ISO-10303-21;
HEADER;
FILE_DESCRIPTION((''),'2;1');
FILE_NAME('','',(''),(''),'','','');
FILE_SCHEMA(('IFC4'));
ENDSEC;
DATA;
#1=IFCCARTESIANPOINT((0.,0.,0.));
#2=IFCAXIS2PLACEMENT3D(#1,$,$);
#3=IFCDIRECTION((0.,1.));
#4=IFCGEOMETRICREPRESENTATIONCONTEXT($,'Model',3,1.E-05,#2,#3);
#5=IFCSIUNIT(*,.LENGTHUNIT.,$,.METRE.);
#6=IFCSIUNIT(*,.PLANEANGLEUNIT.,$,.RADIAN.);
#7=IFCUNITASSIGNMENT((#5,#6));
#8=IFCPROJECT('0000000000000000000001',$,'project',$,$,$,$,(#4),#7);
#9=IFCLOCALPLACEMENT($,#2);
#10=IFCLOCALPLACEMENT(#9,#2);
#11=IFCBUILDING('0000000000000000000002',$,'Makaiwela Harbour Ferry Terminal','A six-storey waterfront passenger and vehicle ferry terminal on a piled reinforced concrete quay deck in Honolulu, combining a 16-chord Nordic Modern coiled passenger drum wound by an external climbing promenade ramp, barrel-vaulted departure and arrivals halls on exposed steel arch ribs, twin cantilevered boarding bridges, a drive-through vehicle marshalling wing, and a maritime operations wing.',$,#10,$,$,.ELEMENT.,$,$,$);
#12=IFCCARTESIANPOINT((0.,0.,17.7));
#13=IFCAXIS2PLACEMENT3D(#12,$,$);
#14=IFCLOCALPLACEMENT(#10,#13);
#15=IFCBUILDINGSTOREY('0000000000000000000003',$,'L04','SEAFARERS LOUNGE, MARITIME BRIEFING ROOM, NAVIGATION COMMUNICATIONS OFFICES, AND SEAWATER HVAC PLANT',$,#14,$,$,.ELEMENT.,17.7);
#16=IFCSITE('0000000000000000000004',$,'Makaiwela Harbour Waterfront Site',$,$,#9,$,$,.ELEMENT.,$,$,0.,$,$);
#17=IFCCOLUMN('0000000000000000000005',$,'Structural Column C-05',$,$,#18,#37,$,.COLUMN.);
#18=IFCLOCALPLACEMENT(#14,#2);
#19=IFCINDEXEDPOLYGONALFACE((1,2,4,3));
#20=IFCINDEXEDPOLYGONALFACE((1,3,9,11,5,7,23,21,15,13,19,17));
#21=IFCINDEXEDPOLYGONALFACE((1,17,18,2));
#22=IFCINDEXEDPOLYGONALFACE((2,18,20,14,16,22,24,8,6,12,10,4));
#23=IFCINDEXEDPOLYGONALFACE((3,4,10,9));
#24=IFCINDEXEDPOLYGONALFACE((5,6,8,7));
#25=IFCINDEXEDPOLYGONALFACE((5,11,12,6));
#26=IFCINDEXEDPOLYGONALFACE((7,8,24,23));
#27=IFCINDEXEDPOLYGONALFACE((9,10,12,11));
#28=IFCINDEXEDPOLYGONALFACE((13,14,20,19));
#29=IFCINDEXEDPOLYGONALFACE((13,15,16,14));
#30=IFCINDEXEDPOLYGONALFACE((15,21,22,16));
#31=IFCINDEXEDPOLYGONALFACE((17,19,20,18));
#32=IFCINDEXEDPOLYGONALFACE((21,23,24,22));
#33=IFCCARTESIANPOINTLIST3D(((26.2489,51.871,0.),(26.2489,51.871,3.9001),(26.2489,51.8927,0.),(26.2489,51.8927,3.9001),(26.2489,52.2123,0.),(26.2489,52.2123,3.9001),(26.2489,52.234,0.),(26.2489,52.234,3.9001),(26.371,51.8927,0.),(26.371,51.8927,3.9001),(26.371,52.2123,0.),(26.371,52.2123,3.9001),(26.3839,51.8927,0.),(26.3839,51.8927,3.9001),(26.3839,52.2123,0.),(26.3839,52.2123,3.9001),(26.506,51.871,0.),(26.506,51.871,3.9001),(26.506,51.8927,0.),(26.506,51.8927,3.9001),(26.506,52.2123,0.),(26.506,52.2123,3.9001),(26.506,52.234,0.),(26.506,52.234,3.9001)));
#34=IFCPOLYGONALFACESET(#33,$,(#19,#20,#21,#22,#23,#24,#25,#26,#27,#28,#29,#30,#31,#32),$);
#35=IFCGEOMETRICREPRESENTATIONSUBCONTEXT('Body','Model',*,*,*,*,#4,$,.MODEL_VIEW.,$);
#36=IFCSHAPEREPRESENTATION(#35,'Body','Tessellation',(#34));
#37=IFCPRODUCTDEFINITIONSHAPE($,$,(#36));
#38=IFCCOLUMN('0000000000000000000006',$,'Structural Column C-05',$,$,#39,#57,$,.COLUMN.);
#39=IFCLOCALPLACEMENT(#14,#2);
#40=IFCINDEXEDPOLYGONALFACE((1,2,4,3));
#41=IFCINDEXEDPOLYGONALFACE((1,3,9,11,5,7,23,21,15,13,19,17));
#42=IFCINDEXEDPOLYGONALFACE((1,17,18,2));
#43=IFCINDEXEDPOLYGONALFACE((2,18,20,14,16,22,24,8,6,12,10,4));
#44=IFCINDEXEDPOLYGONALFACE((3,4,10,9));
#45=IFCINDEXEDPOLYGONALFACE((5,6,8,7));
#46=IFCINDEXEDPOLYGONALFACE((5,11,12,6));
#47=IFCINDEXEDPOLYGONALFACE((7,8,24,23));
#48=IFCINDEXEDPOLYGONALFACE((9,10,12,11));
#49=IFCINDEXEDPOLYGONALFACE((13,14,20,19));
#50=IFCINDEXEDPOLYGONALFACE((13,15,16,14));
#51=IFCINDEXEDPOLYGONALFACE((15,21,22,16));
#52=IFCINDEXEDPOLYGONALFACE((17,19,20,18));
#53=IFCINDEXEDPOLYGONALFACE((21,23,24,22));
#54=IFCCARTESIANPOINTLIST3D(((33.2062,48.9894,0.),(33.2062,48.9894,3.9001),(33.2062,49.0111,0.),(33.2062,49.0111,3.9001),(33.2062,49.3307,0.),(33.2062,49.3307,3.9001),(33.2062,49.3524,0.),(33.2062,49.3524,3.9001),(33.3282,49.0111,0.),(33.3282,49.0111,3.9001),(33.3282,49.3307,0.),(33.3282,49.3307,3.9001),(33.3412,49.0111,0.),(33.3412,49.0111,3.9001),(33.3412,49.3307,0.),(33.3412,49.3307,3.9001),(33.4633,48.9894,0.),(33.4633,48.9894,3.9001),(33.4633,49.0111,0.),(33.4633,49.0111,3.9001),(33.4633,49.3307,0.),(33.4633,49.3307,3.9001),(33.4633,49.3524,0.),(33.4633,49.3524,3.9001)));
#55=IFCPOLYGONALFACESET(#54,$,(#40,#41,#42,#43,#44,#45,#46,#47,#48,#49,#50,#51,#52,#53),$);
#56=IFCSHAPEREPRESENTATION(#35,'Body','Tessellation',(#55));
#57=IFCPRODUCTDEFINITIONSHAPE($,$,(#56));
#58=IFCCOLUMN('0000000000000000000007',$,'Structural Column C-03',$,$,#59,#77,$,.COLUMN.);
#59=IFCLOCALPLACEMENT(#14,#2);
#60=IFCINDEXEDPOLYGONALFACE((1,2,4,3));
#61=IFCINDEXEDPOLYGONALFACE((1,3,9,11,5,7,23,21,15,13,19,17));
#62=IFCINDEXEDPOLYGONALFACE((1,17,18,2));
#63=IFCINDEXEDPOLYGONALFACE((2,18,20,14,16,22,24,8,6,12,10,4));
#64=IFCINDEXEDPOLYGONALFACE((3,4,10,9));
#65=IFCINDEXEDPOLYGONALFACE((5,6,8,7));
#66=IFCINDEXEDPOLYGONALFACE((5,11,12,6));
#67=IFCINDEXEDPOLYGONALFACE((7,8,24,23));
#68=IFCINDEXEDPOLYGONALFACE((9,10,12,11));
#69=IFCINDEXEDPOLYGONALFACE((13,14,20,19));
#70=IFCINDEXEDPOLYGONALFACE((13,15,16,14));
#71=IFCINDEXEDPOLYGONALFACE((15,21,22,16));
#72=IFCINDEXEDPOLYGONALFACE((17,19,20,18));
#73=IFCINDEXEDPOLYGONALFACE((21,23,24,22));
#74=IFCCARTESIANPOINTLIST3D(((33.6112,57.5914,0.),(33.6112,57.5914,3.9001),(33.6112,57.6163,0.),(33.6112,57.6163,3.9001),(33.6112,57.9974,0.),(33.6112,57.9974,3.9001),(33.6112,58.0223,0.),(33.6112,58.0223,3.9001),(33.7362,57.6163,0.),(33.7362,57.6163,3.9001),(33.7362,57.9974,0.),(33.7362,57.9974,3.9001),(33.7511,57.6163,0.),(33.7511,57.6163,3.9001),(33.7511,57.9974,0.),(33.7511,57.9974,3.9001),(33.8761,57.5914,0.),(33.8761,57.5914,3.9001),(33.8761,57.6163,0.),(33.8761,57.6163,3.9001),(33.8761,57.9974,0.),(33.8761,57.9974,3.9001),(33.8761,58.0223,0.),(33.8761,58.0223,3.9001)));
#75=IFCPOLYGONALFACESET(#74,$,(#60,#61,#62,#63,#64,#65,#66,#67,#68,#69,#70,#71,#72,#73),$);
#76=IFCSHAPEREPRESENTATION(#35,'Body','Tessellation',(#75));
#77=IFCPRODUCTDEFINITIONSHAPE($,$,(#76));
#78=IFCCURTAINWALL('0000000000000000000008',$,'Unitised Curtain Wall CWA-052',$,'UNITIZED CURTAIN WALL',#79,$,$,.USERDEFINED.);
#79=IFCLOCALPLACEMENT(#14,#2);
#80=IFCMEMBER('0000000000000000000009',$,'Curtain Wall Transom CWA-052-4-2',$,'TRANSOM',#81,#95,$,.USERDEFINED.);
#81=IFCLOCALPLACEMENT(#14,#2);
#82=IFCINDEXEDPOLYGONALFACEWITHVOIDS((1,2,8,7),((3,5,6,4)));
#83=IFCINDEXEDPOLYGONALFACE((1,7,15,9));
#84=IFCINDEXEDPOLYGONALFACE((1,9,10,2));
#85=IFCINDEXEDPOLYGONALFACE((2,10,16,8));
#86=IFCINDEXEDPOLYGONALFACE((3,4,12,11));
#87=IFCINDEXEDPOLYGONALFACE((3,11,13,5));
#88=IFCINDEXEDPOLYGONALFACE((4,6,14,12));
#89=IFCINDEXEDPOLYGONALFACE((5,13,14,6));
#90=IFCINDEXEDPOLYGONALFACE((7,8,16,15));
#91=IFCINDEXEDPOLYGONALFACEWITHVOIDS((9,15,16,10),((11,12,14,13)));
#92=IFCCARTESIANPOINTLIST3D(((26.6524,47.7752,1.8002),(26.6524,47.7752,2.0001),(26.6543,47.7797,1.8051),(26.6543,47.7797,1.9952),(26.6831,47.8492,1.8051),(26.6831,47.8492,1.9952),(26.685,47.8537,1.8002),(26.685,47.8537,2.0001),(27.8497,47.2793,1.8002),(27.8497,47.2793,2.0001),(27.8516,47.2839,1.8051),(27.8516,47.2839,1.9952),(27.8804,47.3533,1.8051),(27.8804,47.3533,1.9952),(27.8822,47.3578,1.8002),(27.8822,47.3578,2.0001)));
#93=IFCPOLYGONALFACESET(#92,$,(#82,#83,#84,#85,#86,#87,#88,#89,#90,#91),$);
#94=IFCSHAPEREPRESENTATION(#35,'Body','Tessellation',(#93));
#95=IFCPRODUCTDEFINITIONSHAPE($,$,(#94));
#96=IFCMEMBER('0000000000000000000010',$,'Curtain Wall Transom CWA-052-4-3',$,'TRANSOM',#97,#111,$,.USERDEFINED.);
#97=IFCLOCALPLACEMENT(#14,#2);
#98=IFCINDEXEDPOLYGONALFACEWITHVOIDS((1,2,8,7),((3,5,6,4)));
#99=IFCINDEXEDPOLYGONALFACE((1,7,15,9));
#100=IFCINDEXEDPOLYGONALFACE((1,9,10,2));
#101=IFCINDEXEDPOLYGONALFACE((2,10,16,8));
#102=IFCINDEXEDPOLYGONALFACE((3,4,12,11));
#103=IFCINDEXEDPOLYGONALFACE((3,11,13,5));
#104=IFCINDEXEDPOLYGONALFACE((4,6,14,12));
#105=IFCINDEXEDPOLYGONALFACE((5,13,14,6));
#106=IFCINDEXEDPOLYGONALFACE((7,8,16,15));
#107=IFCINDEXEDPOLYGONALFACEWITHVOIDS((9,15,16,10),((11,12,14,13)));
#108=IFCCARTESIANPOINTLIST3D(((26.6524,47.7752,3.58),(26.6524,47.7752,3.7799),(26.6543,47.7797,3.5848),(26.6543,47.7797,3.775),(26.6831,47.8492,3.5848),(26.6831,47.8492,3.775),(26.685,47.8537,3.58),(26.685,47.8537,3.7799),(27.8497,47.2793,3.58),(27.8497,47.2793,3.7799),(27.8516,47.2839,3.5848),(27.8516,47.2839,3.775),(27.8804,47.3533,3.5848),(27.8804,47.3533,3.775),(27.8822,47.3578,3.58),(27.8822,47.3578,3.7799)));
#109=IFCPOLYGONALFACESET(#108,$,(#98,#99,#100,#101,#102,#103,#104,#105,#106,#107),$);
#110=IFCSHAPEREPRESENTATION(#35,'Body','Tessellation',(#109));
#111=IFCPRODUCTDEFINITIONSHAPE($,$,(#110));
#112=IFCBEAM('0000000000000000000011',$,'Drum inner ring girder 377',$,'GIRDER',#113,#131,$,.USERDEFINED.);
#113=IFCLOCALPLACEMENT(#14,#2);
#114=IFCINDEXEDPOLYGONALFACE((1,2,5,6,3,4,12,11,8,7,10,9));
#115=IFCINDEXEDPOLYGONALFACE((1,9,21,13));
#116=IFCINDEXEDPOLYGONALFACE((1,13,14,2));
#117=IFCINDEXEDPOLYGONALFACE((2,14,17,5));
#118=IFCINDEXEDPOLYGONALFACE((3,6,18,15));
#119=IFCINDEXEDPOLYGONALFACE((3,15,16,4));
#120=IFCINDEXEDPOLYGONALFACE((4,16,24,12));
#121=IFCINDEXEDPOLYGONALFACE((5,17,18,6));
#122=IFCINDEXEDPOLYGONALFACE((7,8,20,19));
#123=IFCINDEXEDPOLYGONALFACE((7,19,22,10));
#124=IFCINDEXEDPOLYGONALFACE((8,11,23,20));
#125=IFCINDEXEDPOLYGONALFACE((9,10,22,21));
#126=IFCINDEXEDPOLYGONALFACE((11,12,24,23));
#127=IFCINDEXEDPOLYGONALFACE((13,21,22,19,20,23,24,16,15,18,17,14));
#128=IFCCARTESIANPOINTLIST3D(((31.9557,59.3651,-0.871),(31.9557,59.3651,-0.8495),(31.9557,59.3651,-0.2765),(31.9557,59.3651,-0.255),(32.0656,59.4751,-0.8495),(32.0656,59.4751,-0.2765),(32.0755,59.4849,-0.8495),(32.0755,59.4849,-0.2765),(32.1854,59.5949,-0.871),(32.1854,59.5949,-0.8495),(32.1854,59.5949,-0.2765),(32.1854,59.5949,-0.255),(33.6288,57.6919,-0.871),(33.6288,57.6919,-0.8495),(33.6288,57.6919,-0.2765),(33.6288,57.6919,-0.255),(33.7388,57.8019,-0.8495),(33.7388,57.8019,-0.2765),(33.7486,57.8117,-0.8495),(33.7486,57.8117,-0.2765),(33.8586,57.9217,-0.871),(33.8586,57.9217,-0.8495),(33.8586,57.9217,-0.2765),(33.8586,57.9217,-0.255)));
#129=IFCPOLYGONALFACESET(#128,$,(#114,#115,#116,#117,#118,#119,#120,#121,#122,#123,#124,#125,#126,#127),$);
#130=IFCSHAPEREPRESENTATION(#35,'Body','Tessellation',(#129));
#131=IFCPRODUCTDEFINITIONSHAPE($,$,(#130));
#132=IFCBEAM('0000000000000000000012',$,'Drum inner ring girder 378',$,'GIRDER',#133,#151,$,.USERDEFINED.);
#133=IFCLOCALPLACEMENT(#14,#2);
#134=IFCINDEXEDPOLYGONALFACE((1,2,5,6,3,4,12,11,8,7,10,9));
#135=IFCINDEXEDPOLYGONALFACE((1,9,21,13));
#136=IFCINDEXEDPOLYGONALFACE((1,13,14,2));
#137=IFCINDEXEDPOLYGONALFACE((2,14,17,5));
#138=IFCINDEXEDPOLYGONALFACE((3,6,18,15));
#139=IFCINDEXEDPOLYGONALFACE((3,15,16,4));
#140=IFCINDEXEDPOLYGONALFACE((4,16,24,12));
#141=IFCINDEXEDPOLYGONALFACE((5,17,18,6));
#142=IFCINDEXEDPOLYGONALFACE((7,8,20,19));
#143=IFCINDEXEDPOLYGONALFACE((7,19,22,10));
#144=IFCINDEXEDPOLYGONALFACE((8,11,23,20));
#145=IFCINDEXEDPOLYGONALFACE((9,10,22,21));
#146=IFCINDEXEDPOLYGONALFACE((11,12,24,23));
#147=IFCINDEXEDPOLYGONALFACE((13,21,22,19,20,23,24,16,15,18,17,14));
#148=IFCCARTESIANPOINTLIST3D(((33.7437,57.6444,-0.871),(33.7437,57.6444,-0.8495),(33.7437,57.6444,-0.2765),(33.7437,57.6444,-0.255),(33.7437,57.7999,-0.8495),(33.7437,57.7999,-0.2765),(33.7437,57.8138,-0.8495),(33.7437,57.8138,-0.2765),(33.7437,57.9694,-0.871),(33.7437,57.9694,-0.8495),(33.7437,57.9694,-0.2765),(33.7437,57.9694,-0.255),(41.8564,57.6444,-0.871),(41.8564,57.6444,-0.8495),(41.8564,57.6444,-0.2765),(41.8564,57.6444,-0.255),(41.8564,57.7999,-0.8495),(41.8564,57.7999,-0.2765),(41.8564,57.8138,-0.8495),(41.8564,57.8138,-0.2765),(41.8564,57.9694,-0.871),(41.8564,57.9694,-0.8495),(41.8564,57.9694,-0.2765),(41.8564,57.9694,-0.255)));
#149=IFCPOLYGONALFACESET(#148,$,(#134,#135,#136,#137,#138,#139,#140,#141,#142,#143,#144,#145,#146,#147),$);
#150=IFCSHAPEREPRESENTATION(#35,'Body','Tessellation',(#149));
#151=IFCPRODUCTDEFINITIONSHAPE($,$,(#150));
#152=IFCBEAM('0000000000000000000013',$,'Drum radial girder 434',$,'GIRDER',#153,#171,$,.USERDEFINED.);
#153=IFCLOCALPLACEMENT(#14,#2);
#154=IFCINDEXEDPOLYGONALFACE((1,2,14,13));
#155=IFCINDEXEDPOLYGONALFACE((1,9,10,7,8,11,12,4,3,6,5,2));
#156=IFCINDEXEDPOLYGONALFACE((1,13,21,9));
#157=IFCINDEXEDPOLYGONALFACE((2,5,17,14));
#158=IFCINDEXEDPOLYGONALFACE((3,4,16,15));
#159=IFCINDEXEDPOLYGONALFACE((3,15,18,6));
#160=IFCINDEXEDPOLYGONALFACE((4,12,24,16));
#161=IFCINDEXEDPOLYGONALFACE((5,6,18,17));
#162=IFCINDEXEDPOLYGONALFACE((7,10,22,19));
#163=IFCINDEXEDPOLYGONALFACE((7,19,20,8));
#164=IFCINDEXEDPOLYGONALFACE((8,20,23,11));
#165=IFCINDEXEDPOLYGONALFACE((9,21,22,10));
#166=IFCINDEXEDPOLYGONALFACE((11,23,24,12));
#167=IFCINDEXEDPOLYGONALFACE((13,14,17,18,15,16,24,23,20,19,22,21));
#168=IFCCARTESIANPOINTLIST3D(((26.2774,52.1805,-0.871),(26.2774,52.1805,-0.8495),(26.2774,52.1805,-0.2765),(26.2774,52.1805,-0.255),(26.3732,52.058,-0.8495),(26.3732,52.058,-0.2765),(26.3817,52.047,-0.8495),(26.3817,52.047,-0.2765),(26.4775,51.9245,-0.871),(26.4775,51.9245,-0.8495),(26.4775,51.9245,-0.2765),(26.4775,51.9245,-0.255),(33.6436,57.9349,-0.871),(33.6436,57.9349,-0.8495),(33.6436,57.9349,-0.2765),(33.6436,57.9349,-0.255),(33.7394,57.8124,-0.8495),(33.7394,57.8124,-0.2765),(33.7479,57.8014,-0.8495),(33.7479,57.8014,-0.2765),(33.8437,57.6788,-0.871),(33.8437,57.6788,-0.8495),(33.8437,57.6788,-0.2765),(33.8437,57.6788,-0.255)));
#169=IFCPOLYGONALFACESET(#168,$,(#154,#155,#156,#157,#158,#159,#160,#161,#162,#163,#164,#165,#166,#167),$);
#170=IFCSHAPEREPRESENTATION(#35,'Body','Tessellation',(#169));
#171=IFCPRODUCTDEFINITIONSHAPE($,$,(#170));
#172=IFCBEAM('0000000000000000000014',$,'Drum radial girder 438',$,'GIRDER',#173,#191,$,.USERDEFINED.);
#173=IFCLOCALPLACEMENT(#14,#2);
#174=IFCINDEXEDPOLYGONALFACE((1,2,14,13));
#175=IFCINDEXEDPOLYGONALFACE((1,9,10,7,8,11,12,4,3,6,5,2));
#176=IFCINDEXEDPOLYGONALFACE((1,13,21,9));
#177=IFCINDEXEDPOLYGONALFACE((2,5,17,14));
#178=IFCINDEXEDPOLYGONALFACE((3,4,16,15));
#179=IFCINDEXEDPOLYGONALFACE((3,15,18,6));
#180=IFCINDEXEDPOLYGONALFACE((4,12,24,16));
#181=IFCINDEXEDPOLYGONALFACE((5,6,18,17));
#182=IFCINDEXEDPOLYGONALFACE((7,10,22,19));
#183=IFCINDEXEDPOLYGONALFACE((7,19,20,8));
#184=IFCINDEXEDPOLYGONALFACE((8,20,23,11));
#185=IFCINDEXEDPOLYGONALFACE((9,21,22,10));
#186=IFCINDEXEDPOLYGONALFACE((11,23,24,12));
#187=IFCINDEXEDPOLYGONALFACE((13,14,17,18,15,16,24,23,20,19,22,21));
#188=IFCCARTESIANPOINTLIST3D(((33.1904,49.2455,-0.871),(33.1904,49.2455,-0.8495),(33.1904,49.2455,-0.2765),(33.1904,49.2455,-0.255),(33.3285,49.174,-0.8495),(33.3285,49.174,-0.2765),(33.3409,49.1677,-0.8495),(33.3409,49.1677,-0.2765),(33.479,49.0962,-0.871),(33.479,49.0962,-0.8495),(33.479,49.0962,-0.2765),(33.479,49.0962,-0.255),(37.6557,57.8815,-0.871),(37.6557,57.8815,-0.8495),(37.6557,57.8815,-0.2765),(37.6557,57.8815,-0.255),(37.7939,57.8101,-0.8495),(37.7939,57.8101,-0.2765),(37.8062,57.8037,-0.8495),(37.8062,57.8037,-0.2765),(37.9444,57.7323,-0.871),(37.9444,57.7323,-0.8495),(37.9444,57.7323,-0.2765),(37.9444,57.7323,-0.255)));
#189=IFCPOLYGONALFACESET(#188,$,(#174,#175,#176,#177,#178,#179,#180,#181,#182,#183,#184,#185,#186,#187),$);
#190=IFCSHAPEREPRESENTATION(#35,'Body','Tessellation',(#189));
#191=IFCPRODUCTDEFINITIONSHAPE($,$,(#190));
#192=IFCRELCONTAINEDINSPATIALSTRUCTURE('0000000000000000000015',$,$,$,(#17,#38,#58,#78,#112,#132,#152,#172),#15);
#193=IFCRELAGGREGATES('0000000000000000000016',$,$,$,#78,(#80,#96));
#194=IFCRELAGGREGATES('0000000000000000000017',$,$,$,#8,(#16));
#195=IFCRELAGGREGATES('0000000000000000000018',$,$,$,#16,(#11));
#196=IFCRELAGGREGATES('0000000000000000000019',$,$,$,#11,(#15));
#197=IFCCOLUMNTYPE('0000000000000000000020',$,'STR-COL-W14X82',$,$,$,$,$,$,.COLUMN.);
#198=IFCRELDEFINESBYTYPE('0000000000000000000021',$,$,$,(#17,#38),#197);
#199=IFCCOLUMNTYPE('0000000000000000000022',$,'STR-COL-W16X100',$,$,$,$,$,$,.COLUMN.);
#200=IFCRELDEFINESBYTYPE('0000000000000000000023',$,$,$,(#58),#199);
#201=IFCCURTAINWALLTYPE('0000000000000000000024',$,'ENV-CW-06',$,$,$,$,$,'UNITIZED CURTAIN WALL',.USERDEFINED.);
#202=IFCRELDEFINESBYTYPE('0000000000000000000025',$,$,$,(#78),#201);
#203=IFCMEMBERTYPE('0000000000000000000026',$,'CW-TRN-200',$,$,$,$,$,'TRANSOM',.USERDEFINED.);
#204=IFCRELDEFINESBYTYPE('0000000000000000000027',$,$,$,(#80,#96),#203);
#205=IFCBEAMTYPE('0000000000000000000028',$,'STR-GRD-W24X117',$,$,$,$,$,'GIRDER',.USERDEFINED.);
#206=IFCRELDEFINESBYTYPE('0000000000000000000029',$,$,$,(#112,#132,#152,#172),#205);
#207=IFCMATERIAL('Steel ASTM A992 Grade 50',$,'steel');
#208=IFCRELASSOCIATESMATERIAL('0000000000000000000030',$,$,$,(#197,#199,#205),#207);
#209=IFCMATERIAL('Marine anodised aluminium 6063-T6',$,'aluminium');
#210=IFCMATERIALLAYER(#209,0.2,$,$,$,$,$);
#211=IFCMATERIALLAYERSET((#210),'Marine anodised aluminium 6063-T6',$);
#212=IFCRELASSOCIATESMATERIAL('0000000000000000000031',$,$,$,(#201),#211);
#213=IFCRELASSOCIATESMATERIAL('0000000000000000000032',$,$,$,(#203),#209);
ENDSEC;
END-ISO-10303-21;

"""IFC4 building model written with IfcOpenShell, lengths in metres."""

from ifc_helpers import new_model, si_unit, direction, frame, origin, origin_2d, place, context, subcontext, project, spatial, hollow_rectangle, i_section, extrude, material, layer, layer_set, material_profile, profile_set, type_object, element, aggregate, save


model = new_model("IFC4")

# Units and contexts
model_context = context("Model", 3, precision=1e-05, world=origin(), true_north=direction((0.0, 1.0)))
body_context = subcontext(model_context, "Body", "Model", "MODEL_VIEW")
ifc_project = project(units=[si_unit("LENGTHUNIT", "METRE"), si_unit("PLANEANGLEUNIT", "RADIAN")], contexts=[model_context])

# Site, building, storey
site_placement = place(None, origin())
site = spatial("IfcSite", under=ifc_project, at=site_placement, Name="Makaiwela Harbour Waterfront Site", CompositionType="ELEMENT", RefElevation=0.0)
building_placement = place(site_placement, origin())
building = spatial("IfcBuilding", under=site, at=building_placement, Name="Makaiwela Harbour Ferry Terminal", Description="A six-storey waterfront passenger and vehicle ferry terminal on a piled reinforced concrete quay deck in Honolulu, combining a 16-chord Nordic Modern coiled passenger drum wound by an external climbing promenade ramp, barrel-vaulted departure and arrivals halls on exposed steel arch ribs, twin cantilevered boarding bridges, a drive-through vehicle marshalling wing, and a maritime operations wing.", CompositionType="ELEMENT")
storey_placement = place(building_placement, frame((0.0, 0.0, 17.7)))
storey = spatial("IfcBuildingStorey", under=building, at=storey_placement, Name="L04", Description="SEAFARERS LOUNGE, MARITIME BRIEFING ROOM, NAVIGATION COMMUNICATIONS OFFICES, AND SEAWATER HVAC PLANT", CompositionType="ELEMENT", Elevation=17.7)

# Columns
ifc_material_1 = material(Name="Steel ASTM A992 Grade 50", Category="steel")
ifc_material_profile_1 = material_profile(ifc_material_1, i_section(OverallWidth=0.2571, OverallDepth=0.363, WebThickness=0.0129, FlangeThickness=0.0217, at=origin_2d()), Name="W14X82")
ifc_profile_set_1 = profile_set([ifc_material_profile_1], Name="Steel ASTM A992 Grade 50")
column_type_1 = type_object("IfcColumnType", Name="STR-COL-W14X82", PredefinedType="COLUMN", material=ifc_profile_set_1)
for number, where, z_axis, x_axis, name in (
    (1, (26.3774, 52.0525, 0.0), (0.0, 0.0, 1.0), (1.0, 0.0, 0.0), "Structural Column C-05"),
    (2, (33.3347, 49.1709, 0.0), (0.0, 0.0, 1.0), (1.0, 0.0, 0.0), "Structural Column C-05"),
):
    element("IfcColumn", number, at=place(storey_placement, frame(where, z_axis=z_axis, x_axis=x_axis)), inside=storey, type_object=column_type_1, Name=name, PredefinedType="COLUMN", context=body_context, shape_type="SweptSolid", body=[
        extrude(i_section(OverallWidth=0.2571, OverallDepth=0.363, WebThickness=0.0129, FlangeThickness=0.0217, at=origin_2d()), origin(), (0.0, 0.0, 1.0), 3.9001),
    ])
ifc_material_profile_2 = material_profile(ifc_material_1, i_section(OverallWidth=0.2649, OverallDepth=0.4309, WebThickness=0.0149, FlangeThickness=0.0249, at=origin_2d()), Name="W16X100")
ifc_profile_set_2 = profile_set([ifc_material_profile_2], Name="Steel ASTM A992 Grade 50")
column_type_2 = type_object("IfcColumnType", Name="STR-COL-W16X100", PredefinedType="COLUMN", material=ifc_profile_set_2)
column_placement = place(storey_placement, frame((33.7437, 57.8069, 0.0), z_axis=(0.0, 0.0, 1.0), x_axis=(1.0, 0.0, 0.0)))
element("IfcColumn", 3, at=column_placement, inside=storey, type_object=column_type_2, Name="Structural Column C-03", PredefinedType="COLUMN", context=body_context, shape_type="SweptSolid", body=[
    extrude(i_section(OverallWidth=0.2649, OverallDepth=0.4309, WebThickness=0.0149, FlangeThickness=0.0249, at=origin_2d()), origin(), (0.0, 0.0, 1.0), 3.9001),
])

# Curtain wall, members
ifc_material_2 = material(Name="Marine anodised aluminium 6063-T6", Category="aluminium")
ifc_layer_1 = layer(ifc_material_2, 0.2)
ifc_layer_set_1 = layer_set([ifc_layer_1], Name="Marine anodised aluminium 6063-T6")
curtain_wall_type = type_object("IfcCurtainWallType", Name="ENV-CW-06", ElementType="UNITIZED CURTAIN WALL", PredefinedType="USERDEFINED", material=ifc_layer_set_1)
curtain_wall_placement = place(storey_placement, origin())
curtain_wall = element("IfcCurtainWall", 4, at=curtain_wall_placement, inside=storey, type_object=curtain_wall_type, Name="Unitised Curtain Wall CWA-052", ObjectType="UNITIZED CURTAIN WALL", PredefinedType="USERDEFINED")
ifc_material_profile_3 = material_profile(ifc_material_2, hollow_rectangle(XDim=0.085, YDim=0.2, WallThickness=0.0049, at=origin_2d()), Name="CWT-200X85")
ifc_profile_set_3 = profile_set([ifc_material_profile_3], Name="Marine anodised aluminium 6063-T6")
member_type = type_object("IfcMemberType", Name="CW-TRN-200", ElementType="TRANSOM", PredefinedType="USERDEFINED", material=ifc_profile_set_3)
member_1_placement = place(storey_placement, frame((26.6687, 47.8145, 1.9001), z_axis=(0.9239, -0.382635, 0.0), x_axis=(0.382635, 0.9239, 0.0)))
member_1 = element("IfcMember", 5, at=member_1_placement, type_object=member_type, Name="Curtain Wall Transom CWA-052-4-2", ObjectType="TRANSOM", PredefinedType="USERDEFINED", context=body_context, shape_type="SweptSolid", body=[
    extrude(hollow_rectangle(XDim=0.085, YDim=0.2, WallThickness=0.0049, at=origin_2d()), origin(), (0.0, 0.0, 1.0), 1.2959),
])
member_2_placement = place(storey_placement, frame((26.6687, 47.8145, 3.6799), z_axis=(0.9239, -0.382635, 0.0), x_axis=(0.382635, 0.9239, 0.0)))
member_2 = element("IfcMember", 6, at=member_2_placement, type_object=member_type, Name="Curtain Wall Transom CWA-052-4-3", ObjectType="TRANSOM", PredefinedType="USERDEFINED", context=body_context, shape_type="SweptSolid", body=[
    extrude(hollow_rectangle(XDim=0.085, YDim=0.2, WallThickness=0.0049, at=origin_2d()), origin(), (0.0, 0.0, 1.0), 1.2959),
])
aggregate(curtain_wall, [member_1, member_2])

# Beams
ifc_material_profile_4 = material_profile(ifc_material_1, i_section(OverallWidth=0.325, OverallDepth=0.616, WebThickness=0.0139, FlangeThickness=0.0215, at=origin_2d()), Name="W24X117")
ifc_profile_set_4 = profile_set([ifc_material_profile_4], Name="Steel ASTM A992 Grade 50")
beam_type_1 = type_object("IfcBeamType", Name="STR-GRD-W24X117", ElementType="GIRDER", PredefinedType="USERDEFINED", material=ifc_profile_set_4)
beam_1_placement = place(storey_placement, frame((32.0706, 59.48, -0.563), z_axis=(0.707107, -0.707107, 0.0), x_axis=(0.707107, 0.707107, 0.0)))
element("IfcBeam", 7, at=beam_1_placement, inside=storey, type_object=beam_type_1, Name="Drum inner ring girder 377", ObjectType="GIRDER", PredefinedType="USERDEFINED", context=body_context, shape_type="SweptSolid", body=[
    extrude(i_section(OverallWidth=0.325, OverallDepth=0.616, WebThickness=0.0139, FlangeThickness=0.0215, at=origin_2d()), origin(), (0.0, 0.0, 1.0), 2.3662),
])
beam_2_placement = place(storey_placement, frame((33.7437, 57.8069, -0.563), z_axis=(1.0, 0.0, 0.0), x_axis=(0.0, 1.0, 0.0)))
element("IfcBeam", 8, at=beam_2_placement, inside=storey, type_object=beam_type_1, Name="Drum inner ring girder 378", ObjectType="GIRDER", PredefinedType="USERDEFINED", context=body_context, shape_type="SweptSolid", body=[
    extrude(i_section(OverallWidth=0.325, OverallDepth=0.616, WebThickness=0.0139, FlangeThickness=0.0215, at=origin_2d()), origin(), (0.0, 0.0, 1.0), 8.1128),
])
beam_3_placement = place(storey_placement, frame((33.7437, 57.8069, -0.563), z_axis=(-0.788048, -0.615614, 0.0), x_axis=(0.615614, -0.788048, 0.0)))
element("IfcBeam", 9, at=beam_3_placement, inside=storey, type_object=beam_type_1, Name="Drum radial girder 434", ObjectType="GIRDER", PredefinedType="USERDEFINED", context=body_context, shape_type="SweptSolid", body=[
    extrude(i_section(OverallWidth=0.325, OverallDepth=0.616, WebThickness=0.0139, FlangeThickness=0.0215, at=origin_2d()), origin(), (0.0, 0.0, 1.0), 9.3474),
])
beam_4_placement = place(storey_placement, frame((37.8, 57.8069, -0.563), z_axis=(-0.459297, -0.888283, 0.0), x_axis=(0.888283, -0.459297, 0.0)))
element("IfcBeam", 10, at=beam_4_placement, inside=storey, type_object=beam_type_1, Name="Drum radial girder 438", ObjectType="GIRDER", PredefinedType="USERDEFINED", context=body_context, shape_type="SweptSolid", body=[
    extrude(i_section(OverallWidth=0.325, OverallDepth=0.616, WebThickness=0.0139, FlangeThickness=0.0215, at=origin_2d()), origin(), (0.0, 0.0, 1.0), 9.7222),
])

save(model, "model.ifc")
